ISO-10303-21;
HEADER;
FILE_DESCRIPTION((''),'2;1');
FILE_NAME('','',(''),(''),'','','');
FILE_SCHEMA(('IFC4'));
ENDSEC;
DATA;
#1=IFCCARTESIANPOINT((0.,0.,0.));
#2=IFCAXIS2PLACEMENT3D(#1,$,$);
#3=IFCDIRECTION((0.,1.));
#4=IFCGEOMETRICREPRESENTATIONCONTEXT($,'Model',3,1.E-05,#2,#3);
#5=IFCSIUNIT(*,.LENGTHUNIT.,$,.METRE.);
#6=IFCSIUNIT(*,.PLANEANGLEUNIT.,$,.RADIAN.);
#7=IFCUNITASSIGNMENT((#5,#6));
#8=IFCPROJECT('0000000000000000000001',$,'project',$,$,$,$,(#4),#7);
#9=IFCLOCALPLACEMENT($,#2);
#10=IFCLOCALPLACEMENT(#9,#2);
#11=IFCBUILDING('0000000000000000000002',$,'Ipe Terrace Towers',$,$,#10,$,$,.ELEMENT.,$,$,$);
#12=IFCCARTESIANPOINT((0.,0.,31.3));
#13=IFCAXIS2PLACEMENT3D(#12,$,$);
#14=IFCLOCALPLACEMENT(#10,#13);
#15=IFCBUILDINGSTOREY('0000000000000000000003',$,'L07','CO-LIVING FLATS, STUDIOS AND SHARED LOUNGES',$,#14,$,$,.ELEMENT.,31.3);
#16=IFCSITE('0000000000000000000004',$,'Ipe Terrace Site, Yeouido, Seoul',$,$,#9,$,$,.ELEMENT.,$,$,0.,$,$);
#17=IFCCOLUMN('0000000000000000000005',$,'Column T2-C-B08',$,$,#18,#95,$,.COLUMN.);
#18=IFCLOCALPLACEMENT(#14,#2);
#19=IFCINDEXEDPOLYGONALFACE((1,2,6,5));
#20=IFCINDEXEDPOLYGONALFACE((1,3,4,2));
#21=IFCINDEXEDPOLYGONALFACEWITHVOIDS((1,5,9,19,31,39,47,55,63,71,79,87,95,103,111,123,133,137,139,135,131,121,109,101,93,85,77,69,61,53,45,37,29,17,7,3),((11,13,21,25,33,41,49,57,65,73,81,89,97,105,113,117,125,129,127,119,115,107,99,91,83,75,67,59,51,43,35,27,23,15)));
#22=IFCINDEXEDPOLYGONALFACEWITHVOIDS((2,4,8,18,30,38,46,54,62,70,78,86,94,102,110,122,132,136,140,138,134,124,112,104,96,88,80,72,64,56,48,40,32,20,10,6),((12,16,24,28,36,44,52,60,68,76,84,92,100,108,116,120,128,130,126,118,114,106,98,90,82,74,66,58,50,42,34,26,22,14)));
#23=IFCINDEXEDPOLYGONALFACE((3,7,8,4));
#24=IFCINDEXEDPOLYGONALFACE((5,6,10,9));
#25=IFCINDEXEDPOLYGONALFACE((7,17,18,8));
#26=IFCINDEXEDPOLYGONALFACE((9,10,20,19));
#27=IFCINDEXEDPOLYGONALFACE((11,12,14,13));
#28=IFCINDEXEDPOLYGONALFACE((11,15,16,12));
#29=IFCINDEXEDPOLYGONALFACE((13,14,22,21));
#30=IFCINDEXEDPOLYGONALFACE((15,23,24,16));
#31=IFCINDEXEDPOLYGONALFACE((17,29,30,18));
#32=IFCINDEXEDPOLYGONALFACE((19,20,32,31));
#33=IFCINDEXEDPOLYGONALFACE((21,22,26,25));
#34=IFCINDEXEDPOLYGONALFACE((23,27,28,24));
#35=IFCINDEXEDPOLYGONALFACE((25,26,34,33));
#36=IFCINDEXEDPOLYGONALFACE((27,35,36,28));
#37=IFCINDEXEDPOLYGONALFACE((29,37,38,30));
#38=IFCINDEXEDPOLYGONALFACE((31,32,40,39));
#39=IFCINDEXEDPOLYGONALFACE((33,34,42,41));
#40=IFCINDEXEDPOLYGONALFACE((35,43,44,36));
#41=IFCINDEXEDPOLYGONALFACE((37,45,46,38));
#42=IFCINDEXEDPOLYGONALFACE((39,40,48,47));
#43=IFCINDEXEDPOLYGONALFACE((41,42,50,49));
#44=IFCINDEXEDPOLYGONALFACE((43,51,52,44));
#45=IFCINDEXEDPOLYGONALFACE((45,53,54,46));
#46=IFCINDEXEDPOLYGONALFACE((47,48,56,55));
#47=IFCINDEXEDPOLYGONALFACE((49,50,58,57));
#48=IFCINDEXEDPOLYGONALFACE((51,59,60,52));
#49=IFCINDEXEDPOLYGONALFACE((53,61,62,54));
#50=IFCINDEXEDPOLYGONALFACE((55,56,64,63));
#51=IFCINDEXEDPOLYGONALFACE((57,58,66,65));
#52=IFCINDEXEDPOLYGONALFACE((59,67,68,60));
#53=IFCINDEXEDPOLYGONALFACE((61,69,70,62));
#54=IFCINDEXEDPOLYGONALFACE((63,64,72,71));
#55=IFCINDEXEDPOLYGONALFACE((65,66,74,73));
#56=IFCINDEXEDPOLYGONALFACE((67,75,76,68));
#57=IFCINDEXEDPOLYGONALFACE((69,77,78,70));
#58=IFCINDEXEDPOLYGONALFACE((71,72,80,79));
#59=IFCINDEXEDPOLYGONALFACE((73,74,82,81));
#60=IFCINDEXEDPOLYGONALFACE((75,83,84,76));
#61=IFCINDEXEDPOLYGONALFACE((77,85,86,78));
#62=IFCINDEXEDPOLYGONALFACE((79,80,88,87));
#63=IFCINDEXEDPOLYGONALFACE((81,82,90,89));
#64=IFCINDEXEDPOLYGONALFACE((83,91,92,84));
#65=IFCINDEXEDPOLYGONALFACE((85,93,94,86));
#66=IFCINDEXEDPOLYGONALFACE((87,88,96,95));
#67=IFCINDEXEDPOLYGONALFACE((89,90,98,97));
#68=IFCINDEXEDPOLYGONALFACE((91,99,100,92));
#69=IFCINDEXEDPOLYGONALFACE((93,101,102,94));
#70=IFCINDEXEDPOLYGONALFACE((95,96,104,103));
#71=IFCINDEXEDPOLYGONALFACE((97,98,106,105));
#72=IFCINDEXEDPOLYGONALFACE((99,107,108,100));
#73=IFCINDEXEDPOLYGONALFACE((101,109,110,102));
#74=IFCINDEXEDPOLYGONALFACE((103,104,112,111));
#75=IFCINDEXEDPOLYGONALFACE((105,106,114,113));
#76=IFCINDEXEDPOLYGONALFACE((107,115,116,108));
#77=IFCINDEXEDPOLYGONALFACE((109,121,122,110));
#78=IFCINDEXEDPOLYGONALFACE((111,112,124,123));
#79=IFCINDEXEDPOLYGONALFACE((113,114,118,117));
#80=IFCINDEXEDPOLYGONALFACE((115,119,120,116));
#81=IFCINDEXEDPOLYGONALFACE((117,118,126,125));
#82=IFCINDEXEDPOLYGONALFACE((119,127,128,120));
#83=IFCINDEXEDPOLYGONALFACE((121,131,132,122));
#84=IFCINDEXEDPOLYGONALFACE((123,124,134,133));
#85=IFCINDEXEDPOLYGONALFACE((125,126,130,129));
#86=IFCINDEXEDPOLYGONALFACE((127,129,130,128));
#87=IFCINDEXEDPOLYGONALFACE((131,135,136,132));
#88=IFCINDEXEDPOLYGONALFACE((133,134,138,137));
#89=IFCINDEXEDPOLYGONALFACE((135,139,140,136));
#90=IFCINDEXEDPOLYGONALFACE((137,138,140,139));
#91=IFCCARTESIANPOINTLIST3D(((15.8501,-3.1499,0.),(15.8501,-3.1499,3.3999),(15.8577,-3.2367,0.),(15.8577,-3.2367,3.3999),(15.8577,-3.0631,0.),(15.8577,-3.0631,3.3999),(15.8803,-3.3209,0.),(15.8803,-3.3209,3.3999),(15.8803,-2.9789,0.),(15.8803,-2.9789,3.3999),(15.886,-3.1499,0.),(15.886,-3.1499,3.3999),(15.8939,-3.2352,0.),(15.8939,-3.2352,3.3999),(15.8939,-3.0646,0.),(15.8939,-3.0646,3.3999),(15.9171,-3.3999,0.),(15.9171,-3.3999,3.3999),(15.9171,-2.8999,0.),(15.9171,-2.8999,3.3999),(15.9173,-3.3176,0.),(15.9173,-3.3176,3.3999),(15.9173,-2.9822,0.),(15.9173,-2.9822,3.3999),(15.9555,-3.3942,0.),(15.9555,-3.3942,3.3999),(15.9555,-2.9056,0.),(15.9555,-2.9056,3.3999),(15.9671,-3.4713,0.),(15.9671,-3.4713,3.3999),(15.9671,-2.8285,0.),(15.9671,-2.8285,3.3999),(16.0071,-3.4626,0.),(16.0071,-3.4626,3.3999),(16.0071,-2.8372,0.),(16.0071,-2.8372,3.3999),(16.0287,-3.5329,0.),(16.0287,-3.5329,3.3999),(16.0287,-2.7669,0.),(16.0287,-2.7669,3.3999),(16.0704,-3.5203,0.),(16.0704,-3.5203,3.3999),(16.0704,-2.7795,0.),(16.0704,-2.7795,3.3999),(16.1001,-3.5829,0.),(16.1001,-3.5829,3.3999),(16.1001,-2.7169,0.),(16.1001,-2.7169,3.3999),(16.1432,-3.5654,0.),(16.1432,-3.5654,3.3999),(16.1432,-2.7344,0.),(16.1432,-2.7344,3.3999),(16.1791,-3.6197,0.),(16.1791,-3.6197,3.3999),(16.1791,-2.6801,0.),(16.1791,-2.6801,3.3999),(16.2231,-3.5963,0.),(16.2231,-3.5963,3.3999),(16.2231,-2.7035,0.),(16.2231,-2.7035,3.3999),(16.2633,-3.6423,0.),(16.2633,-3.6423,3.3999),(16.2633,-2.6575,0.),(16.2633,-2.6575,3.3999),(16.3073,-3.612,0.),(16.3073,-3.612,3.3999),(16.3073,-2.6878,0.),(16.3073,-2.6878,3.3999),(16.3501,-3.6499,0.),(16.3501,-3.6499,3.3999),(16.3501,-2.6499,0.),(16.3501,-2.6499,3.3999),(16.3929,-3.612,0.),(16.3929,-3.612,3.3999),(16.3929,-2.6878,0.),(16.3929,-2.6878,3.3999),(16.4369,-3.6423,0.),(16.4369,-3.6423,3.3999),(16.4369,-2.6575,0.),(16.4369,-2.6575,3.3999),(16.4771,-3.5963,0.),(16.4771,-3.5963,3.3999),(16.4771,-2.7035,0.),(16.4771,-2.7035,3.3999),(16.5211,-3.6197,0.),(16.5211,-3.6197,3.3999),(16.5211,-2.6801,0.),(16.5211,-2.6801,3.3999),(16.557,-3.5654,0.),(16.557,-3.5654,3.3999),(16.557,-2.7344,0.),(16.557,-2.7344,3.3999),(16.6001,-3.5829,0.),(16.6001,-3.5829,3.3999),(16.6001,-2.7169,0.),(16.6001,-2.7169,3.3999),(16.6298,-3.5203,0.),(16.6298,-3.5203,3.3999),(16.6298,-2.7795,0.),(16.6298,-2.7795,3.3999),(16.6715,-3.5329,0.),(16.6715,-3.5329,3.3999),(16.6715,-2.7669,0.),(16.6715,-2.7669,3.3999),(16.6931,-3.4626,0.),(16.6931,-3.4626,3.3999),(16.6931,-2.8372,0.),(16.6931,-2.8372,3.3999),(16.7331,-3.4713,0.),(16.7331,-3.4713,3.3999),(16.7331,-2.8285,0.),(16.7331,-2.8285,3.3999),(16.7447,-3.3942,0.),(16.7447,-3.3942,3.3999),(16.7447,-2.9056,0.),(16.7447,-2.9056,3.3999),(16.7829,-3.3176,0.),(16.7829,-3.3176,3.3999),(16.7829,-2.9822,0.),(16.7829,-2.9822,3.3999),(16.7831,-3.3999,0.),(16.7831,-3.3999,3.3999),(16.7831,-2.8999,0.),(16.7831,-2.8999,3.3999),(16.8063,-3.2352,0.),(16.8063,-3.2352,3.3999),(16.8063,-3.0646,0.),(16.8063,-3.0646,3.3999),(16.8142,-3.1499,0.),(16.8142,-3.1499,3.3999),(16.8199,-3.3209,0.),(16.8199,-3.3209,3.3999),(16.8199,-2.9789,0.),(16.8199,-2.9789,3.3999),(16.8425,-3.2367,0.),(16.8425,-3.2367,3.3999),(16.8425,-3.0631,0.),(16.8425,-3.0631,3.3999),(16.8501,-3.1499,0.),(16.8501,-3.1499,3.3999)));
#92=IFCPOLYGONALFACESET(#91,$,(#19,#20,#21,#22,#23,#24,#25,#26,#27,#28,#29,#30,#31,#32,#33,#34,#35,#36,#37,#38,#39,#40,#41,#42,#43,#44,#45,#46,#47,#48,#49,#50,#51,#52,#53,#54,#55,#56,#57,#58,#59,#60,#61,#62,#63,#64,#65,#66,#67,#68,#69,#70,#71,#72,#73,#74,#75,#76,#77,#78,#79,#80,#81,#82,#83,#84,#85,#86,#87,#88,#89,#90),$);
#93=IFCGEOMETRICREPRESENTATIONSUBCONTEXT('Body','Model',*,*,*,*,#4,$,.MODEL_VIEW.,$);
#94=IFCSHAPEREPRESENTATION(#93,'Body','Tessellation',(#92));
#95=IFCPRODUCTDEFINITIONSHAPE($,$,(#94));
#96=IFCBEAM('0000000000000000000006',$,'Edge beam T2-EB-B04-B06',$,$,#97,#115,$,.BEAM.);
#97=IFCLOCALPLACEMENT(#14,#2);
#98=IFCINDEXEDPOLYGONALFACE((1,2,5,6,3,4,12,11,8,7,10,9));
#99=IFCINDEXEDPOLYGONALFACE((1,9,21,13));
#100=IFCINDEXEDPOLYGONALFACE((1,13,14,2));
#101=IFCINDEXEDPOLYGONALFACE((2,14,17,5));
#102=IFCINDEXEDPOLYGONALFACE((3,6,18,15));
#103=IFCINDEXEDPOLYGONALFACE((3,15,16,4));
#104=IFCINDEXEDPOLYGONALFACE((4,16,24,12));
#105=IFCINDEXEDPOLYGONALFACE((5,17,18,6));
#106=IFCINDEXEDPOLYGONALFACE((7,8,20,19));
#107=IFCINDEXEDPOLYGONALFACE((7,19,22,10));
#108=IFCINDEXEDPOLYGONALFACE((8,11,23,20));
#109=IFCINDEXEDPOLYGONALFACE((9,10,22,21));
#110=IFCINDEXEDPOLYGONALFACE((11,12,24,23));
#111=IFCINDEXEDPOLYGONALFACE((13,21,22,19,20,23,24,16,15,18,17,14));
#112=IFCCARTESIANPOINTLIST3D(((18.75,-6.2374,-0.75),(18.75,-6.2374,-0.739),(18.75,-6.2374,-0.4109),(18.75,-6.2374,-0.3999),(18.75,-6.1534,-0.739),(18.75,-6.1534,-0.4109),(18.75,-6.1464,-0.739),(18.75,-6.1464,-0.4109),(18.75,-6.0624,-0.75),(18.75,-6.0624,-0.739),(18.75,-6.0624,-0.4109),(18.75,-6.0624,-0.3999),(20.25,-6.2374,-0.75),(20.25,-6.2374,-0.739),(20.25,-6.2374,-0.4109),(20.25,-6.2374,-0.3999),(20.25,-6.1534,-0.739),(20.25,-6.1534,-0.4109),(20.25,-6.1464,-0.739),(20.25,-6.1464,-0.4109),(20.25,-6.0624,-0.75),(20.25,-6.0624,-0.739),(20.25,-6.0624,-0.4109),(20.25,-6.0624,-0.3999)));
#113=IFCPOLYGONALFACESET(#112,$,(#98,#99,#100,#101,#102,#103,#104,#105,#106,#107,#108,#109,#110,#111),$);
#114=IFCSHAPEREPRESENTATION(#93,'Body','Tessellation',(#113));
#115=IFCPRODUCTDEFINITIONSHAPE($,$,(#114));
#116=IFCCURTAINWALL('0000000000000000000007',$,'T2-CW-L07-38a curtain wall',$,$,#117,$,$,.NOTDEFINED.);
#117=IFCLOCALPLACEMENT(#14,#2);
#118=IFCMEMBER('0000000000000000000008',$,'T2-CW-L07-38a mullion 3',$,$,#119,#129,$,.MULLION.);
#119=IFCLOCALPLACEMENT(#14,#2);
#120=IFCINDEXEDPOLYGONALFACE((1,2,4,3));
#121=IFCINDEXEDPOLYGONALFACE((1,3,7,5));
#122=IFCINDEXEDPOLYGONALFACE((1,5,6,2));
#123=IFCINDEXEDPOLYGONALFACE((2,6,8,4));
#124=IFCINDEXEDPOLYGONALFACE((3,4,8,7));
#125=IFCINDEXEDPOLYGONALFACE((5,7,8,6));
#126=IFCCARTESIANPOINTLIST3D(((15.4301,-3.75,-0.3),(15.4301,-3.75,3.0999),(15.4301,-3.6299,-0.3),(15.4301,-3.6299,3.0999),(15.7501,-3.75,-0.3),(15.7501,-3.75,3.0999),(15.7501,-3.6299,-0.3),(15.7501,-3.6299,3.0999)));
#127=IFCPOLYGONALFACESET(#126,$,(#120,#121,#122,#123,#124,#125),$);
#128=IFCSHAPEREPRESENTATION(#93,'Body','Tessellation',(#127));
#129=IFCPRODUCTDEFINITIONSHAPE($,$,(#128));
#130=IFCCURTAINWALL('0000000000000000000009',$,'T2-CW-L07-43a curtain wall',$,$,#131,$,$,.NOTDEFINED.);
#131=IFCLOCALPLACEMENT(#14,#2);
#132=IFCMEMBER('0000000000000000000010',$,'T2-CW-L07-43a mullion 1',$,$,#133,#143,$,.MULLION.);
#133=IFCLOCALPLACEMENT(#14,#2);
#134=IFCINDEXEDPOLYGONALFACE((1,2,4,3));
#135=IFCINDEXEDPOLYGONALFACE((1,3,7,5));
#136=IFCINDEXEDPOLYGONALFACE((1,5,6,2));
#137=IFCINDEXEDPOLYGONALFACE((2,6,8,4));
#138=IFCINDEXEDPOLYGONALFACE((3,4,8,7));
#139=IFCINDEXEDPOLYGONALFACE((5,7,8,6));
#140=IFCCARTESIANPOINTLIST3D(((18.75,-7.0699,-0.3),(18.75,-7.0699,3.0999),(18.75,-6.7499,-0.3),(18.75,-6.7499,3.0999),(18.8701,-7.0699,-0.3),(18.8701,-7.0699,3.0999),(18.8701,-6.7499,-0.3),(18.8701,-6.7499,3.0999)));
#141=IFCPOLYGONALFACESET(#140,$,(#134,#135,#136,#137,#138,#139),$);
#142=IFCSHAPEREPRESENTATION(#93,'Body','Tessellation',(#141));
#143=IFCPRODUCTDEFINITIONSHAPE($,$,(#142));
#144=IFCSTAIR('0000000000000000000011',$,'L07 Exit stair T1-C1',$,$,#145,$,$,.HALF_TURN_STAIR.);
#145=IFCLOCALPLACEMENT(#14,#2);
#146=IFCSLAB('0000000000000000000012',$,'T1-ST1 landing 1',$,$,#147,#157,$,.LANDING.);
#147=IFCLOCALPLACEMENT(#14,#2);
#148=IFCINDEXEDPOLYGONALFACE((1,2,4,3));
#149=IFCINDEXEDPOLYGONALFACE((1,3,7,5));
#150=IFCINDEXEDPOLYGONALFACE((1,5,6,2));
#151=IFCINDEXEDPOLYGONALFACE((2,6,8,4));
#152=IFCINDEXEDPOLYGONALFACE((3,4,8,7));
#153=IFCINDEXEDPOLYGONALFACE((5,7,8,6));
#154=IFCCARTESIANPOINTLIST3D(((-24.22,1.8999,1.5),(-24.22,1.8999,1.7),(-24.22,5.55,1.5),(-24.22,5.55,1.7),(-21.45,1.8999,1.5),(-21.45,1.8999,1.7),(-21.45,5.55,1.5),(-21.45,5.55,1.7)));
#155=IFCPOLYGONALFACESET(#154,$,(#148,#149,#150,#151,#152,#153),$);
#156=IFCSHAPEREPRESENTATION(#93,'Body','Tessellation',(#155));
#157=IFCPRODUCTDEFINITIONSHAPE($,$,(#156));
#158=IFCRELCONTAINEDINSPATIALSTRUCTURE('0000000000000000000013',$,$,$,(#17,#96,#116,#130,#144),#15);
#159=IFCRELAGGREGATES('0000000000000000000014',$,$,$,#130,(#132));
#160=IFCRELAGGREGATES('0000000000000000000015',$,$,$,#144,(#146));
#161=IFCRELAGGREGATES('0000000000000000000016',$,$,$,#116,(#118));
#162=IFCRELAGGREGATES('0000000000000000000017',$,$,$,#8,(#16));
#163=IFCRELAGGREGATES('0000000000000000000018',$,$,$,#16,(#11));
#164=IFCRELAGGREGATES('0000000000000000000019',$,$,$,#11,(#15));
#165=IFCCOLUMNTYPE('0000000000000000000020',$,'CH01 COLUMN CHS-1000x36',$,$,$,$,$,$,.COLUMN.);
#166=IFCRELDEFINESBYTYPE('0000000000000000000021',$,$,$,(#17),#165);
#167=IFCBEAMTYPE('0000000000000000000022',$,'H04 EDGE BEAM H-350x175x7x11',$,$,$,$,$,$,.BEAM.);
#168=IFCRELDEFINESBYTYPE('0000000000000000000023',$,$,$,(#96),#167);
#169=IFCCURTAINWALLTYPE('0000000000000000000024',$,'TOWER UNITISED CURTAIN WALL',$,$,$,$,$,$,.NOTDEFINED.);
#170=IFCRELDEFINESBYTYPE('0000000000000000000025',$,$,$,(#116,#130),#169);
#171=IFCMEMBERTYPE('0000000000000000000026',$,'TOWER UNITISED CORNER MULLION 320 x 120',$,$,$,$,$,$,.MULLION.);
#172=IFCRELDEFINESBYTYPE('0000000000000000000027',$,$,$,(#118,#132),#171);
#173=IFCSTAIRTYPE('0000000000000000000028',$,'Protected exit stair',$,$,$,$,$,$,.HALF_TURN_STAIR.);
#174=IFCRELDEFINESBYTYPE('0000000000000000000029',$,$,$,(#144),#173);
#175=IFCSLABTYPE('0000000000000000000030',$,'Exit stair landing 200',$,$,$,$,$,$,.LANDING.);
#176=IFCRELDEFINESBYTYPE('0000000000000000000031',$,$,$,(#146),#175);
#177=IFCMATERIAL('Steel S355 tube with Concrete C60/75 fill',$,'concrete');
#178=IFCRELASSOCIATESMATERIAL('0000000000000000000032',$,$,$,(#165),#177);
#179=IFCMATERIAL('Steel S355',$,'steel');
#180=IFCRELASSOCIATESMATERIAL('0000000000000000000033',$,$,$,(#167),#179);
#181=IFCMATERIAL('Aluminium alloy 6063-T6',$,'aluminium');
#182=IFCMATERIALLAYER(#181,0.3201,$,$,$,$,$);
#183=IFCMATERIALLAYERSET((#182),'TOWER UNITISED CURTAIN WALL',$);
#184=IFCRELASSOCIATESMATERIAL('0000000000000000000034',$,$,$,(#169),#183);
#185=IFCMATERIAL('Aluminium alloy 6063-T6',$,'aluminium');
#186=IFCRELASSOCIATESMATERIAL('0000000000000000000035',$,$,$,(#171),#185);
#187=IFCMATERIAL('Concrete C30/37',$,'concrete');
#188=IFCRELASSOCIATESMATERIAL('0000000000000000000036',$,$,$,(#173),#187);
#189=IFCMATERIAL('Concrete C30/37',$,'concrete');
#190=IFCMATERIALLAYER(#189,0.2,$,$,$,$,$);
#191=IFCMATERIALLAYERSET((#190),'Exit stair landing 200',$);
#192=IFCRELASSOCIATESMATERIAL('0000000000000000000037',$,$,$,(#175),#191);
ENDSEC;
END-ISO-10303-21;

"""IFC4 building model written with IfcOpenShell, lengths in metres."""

from ifc_helpers import new_model, si_unit, direction, frame, origin, origin_2d, place, context, subcontext, project, spatial, polyline, rectangle, hollow_circle, i_section, outline, extrude, material, layer, layer_set, material_profile, profile_set, type_object, element, aggregate, save


model = new_model("IFC4")

# Units and contexts
model_context = context("Model", 3, precision=1e-05, world=origin(), true_north=direction((0.0, 1.0)))
body_context = subcontext(model_context, "Body", "Model", "MODEL_VIEW")
ifc_project = project(units=[si_unit("LENGTHUNIT", "METRE"), si_unit("PLANEANGLEUNIT", "RADIAN")], contexts=[model_context])

# Site, building, storey
site_placement = place(None, origin())
site = spatial("IfcSite", under=ifc_project, at=site_placement, Name="Ipe Terrace Site, Yeouido, Seoul", CompositionType="ELEMENT", RefElevation=0.0)
building_placement = place(site_placement, origin())
building = spatial("IfcBuilding", under=site, at=building_placement, Name="Ipe Terrace Towers", CompositionType="ELEMENT")
storey_placement = place(building_placement, frame((0.0, 0.0, 31.3)))
storey = spatial("IfcBuildingStorey", under=building, at=storey_placement, Name="L07", Description="CO-LIVING FLATS, STUDIOS AND SHARED LOUNGES", CompositionType="ELEMENT", Elevation=31.3)

# Column
ifc_material_1 = material(Name="Steel S355 tube with Concrete C60/75 fill", Category="concrete")
ifc_material_profile_1 = material_profile(ifc_material_1, hollow_circle(Radius=0.5, WallThickness=0.0359, at=origin_2d()), Name="CHS-1000x36")
ifc_profile_set_1 = profile_set([ifc_material_profile_1], Name="Steel S355 tube with Concrete C60/75 fill")
column_type = type_object("IfcColumnType", Name="CH01 COLUMN CHS-1000x36", PredefinedType="COLUMN", material=ifc_profile_set_1)
for number, where, z_axis, x_axis, name in (
    (1, (16.3501, -3.1499, 0.0), (0.0, 0.0, 1.0), (1.0, 0.0, 0.0), "Column T2-C-B08"),
):
    element("IfcColumn", number, at=place(storey_placement, frame(where, z_axis=z_axis, x_axis=x_axis)), inside=storey, type_object=column_type, Name=name, PredefinedType="COLUMN", context=body_context, shape_type="SweptSolid", body=[
        extrude(hollow_circle(Radius=0.5, WallThickness=0.0359, at=origin_2d()), origin(), (0.0, 0.0, 1.0), 3.3999),
    ])

# Beam
ifc_material_2 = material(Name="Steel S355", Category="steel")
ifc_material_profile_2 = material_profile(ifc_material_2, i_section(OverallWidth=0.175, OverallDepth=0.3501, WebThickness=0.0071, FlangeThickness=0.011, at=origin_2d()), Name="H-350x175x7x11")
ifc_profile_set_2 = profile_set([ifc_material_profile_2], Name="Steel S355")
beam_type = type_object("IfcBeamType", Name="H04 EDGE BEAM H-350x175x7x11", PredefinedType="BEAM", material=ifc_profile_set_2)
beam_placement = place(storey_placement, frame((20.25, -6.1499, -0.575), z_axis=(-1.0, 0.0, 0.0), x_axis=(0.0, -1.0, 0.0)))
element("IfcBeam", 2, at=beam_placement, inside=storey, type_object=beam_type, Name="Edge beam T2-EB-B04-B06", PredefinedType="BEAM", context=body_context, shape_type="SweptSolid", body=[
    extrude(i_section(OverallWidth=0.175, OverallDepth=0.3501, WebThickness=0.0071, FlangeThickness=0.011, at=origin_2d()), origin(), (0.0, 0.0, 1.0), 1.5),
])

# Curtain walls, members
ifc_material_3 = material(Name="Aluminium alloy 6063-T6", Category="aluminium")
ifc_layer_1 = layer(ifc_material_3, 0.3201)
ifc_layer_set_1 = layer_set([ifc_layer_1], Name="TOWER UNITISED CURTAIN WALL")
curtain_wall_type = type_object("IfcCurtainWallType", Name="TOWER UNITISED CURTAIN WALL", PredefinedType="NOTDEFINED", material=ifc_layer_set_1)
curtain_wall_1_placement = place(storey_placement, origin())
curtain_wall_1 = element("IfcCurtainWall", 3, at=curtain_wall_1_placement, inside=storey, type_object=curtain_wall_type, Name="T2-CW-L07-38a curtain wall", PredefinedType="NOTDEFINED")
ifc_material_4 = material(Name="Aluminium alloy 6063-T6", Category="aluminium")
ifc_material_profile_3 = material_profile(ifc_material_4, rectangle(XDim=0.3201, YDim=0.1201, at=origin_2d()), Name="TOWER UNITISED CORNER MULLION 320 x 120")
ifc_profile_set_3 = profile_set([ifc_material_profile_3], Name="Aluminium alloy 6063-T6")
member_type = type_object("IfcMemberType", Name="TOWER UNITISED CORNER MULLION 320 x 120", PredefinedType="MULLION", material=ifc_profile_set_3)
member_1_placement = place(storey_placement, frame((15.5901, -3.6899, -0.3), z_axis=(0.0, 0.0, 1.0), x_axis=(-1.0, 0.0, 0.0)))
member_1 = element("IfcMember", 4, at=member_1_placement, type_object=member_type, Name="T2-CW-L07-38a mullion 3", PredefinedType="MULLION", context=body_context, shape_type="SweptSolid", body=[
    extrude(rectangle(XDim=0.3201, YDim=0.1201, at=origin_2d()), origin(), (0.0, 0.0, 1.0), 3.3999),
])
curtain_wall_2_placement = place(storey_placement, origin())
curtain_wall_2 = element("IfcCurtainWall", 5, at=curtain_wall_2_placement, inside=storey, type_object=curtain_wall_type, Name="T2-CW-L07-43a curtain wall", PredefinedType="NOTDEFINED")
member_2_placement = place(storey_placement, frame((18.8101, -6.9099, -0.3), z_axis=(0.0, 0.0, 1.0), x_axis=(0.0, -1.0, 0.0)))
member_2 = element("IfcMember", 6, at=member_2_placement, type_object=member_type, Name="T2-CW-L07-43a mullion 1", PredefinedType="MULLION", context=body_context, shape_type="SweptSolid", body=[
    extrude(rectangle(XDim=0.3201, YDim=0.1201, at=origin_2d()), origin(), (0.0, 0.0, 1.0), 3.3999),
])
aggregate(curtain_wall_2, [member_2])

# Stair, slab
ifc_material_5 = material(Name="Concrete C30/37", Category="concrete")
stair_type = type_object("IfcStairType", Name="Protected exit stair", PredefinedType="HALF_TURN_STAIR", material=ifc_material_5)
stair_placement = place(storey_placement, origin())
stair = element("IfcStair", 7, at=stair_placement, inside=storey, type_object=stair_type, Name="L07 Exit stair T1-C1", PredefinedType="HALF_TURN_STAIR")
ifc_material_6 = material(Name="Concrete C30/37", Category="concrete")
ifc_layer_2 = layer(ifc_material_6, 0.2)
ifc_layer_set_2 = layer_set([ifc_layer_2], Name="Exit stair landing 200")
slab_type_1 = type_object("IfcSlabType", Name="Exit stair landing 200", PredefinedType="LANDING", material=ifc_layer_set_2)
slab_1_placement = place(storey_placement, frame((0.0, 0.0, 1.5)))
slab_1 = element("IfcSlab", 8, at=slab_1_placement, type_object=slab_type_1, Name="T1-ST1 landing 1", PredefinedType="LANDING", context=body_context, shape_type="SweptSolid", body=[
    extrude(outline(polyline([(-24.22, 1.8999), (-21.45, 1.8999), (-21.45, 5.55), (-24.22, 5.55), (-24.22, 1.8999)])), origin(), (0.0, 0.0, 1.0), 0.2),
])
aggregate(stair, [slab_1])

aggregate(curtain_wall_1, [member_1])

save(model, "model.ifc")
